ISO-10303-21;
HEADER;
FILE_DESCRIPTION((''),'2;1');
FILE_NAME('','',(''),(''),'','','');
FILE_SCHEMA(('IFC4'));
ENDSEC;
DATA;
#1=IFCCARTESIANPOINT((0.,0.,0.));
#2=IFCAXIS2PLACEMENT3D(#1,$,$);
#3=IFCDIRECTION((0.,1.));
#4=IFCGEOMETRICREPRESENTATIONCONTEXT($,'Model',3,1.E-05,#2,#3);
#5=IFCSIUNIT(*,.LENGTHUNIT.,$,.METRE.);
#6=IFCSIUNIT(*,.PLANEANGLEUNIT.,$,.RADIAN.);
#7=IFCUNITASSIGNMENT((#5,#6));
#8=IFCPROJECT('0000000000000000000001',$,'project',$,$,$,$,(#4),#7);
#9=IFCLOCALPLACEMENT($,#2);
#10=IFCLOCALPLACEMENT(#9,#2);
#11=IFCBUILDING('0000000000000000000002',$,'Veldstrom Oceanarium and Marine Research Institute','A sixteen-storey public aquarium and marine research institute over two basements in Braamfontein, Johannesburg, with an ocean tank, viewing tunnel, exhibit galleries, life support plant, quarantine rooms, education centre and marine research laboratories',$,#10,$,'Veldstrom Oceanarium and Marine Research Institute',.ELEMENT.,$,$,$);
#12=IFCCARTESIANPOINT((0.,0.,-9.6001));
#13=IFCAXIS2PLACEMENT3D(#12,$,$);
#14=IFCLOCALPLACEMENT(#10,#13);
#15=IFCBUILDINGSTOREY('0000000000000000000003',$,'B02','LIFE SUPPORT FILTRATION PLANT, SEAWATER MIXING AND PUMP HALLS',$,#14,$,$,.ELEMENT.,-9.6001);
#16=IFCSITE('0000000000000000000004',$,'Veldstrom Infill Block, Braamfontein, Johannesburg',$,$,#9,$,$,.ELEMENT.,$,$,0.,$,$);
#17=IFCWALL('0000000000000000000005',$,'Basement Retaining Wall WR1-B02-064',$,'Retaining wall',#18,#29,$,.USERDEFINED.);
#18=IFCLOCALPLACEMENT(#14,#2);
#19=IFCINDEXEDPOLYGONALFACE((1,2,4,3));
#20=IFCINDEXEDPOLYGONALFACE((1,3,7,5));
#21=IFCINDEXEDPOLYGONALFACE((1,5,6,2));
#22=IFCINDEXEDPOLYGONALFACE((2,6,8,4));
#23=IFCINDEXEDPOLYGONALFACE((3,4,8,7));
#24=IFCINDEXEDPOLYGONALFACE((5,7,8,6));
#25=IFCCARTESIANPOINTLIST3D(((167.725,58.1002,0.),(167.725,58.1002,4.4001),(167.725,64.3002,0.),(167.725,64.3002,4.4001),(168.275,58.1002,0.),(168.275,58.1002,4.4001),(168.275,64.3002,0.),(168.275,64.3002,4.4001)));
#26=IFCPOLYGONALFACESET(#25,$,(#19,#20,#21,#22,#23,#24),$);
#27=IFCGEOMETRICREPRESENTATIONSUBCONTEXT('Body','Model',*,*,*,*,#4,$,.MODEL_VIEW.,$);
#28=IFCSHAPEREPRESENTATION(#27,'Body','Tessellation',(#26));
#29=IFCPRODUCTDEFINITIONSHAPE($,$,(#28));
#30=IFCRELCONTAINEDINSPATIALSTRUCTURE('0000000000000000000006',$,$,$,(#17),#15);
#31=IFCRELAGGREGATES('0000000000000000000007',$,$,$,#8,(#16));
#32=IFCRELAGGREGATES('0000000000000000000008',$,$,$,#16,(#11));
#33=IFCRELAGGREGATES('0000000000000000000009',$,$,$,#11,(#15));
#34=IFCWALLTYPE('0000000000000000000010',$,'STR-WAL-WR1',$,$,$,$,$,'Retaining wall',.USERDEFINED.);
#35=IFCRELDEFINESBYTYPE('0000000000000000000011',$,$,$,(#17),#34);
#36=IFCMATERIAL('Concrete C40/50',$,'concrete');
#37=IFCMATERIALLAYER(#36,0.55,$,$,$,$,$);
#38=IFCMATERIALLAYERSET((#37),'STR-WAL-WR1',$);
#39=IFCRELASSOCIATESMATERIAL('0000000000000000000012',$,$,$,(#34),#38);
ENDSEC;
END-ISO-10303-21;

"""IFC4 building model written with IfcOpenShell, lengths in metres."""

from ifc_helpers import new_model, si_unit, direction, frame, frame_2d, origin, place, context, subcontext, project, spatial, rectangle, extrude, material, layer, layer_set, type_object, element, save


model = new_model("IFC4")

# Units and contexts
model_context = context("Model", 3, precision=1e-05, world=origin(), true_north=direction((0.0, 1.0)))
body_context = subcontext(model_context, "Body", "Model", "MODEL_VIEW")
ifc_project = project(units=[si_unit("LENGTHUNIT", "METRE"), si_unit("PLANEANGLEUNIT", "RADIAN")], contexts=[model_context])

# Site, building, storey
site_placement = place(None, origin())
site = spatial("IfcSite", under=ifc_project, at=site_placement, Name="Veldstrom Infill Block, Braamfontein, Johannesburg", CompositionType="ELEMENT", RefElevation=0.0)
building_placement = place(site_placement, origin())
building = spatial("IfcBuilding", under=site, at=building_placement, Name="Veldstrom Oceanarium and Marine Research Institute", Description="A sixteen-storey public aquarium and marine research institute over two basements in Braamfontein, Johannesburg, with an ocean tank, viewing tunnel, exhibit galleries, life support plant, quarantine rooms, education centre and marine research laboratories", LongName="Veldstrom Oceanarium and Marine Research Institute", CompositionType="ELEMENT")
storey_placement = place(building_placement, frame((0.0, 0.0, -9.6001)))
storey = spatial("IfcBuildingStorey", under=building, at=storey_placement, Name="B02", Description="LIFE SUPPORT FILTRATION PLANT, SEAWATER MIXING AND PUMP HALLS", CompositionType="ELEMENT", Elevation=-9.6001)

# Wall
ifc_material_1 = material(Name="Concrete C40/50", Category="concrete")
ifc_layer_1 = layer(ifc_material_1, 0.55)
ifc_layer_set_1 = layer_set([ifc_layer_1], Name="STR-WAL-WR1")
wall_type_1 = type_object("IfcWallType", Name="STR-WAL-WR1", ElementType="Retaining wall", PredefinedType="USERDEFINED", material=ifc_layer_set_1)
wall_1_placement = place(storey_placement, frame((168.0, 58.1001, 0.0), z_axis=(0.0, 0.0, 1.0), x_axis=(0.0, 1.0, 0.0)))
element("IfcWall", 1, at=wall_1_placement, inside=storey, type_object=wall_type_1, Name="Basement Retaining Wall WR1-B02-064", ObjectType="Retaining wall", PredefinedType="USERDEFINED", context=body_context, shape_type="SweptSolid", body=[
    extrude(rectangle(XDim=6.2, YDim=0.55, at=frame_2d((3.1001, 0.0))), origin(), (0.0, 0.0, 1.0), 4.4001),
])

save(model, "model.ifc")
